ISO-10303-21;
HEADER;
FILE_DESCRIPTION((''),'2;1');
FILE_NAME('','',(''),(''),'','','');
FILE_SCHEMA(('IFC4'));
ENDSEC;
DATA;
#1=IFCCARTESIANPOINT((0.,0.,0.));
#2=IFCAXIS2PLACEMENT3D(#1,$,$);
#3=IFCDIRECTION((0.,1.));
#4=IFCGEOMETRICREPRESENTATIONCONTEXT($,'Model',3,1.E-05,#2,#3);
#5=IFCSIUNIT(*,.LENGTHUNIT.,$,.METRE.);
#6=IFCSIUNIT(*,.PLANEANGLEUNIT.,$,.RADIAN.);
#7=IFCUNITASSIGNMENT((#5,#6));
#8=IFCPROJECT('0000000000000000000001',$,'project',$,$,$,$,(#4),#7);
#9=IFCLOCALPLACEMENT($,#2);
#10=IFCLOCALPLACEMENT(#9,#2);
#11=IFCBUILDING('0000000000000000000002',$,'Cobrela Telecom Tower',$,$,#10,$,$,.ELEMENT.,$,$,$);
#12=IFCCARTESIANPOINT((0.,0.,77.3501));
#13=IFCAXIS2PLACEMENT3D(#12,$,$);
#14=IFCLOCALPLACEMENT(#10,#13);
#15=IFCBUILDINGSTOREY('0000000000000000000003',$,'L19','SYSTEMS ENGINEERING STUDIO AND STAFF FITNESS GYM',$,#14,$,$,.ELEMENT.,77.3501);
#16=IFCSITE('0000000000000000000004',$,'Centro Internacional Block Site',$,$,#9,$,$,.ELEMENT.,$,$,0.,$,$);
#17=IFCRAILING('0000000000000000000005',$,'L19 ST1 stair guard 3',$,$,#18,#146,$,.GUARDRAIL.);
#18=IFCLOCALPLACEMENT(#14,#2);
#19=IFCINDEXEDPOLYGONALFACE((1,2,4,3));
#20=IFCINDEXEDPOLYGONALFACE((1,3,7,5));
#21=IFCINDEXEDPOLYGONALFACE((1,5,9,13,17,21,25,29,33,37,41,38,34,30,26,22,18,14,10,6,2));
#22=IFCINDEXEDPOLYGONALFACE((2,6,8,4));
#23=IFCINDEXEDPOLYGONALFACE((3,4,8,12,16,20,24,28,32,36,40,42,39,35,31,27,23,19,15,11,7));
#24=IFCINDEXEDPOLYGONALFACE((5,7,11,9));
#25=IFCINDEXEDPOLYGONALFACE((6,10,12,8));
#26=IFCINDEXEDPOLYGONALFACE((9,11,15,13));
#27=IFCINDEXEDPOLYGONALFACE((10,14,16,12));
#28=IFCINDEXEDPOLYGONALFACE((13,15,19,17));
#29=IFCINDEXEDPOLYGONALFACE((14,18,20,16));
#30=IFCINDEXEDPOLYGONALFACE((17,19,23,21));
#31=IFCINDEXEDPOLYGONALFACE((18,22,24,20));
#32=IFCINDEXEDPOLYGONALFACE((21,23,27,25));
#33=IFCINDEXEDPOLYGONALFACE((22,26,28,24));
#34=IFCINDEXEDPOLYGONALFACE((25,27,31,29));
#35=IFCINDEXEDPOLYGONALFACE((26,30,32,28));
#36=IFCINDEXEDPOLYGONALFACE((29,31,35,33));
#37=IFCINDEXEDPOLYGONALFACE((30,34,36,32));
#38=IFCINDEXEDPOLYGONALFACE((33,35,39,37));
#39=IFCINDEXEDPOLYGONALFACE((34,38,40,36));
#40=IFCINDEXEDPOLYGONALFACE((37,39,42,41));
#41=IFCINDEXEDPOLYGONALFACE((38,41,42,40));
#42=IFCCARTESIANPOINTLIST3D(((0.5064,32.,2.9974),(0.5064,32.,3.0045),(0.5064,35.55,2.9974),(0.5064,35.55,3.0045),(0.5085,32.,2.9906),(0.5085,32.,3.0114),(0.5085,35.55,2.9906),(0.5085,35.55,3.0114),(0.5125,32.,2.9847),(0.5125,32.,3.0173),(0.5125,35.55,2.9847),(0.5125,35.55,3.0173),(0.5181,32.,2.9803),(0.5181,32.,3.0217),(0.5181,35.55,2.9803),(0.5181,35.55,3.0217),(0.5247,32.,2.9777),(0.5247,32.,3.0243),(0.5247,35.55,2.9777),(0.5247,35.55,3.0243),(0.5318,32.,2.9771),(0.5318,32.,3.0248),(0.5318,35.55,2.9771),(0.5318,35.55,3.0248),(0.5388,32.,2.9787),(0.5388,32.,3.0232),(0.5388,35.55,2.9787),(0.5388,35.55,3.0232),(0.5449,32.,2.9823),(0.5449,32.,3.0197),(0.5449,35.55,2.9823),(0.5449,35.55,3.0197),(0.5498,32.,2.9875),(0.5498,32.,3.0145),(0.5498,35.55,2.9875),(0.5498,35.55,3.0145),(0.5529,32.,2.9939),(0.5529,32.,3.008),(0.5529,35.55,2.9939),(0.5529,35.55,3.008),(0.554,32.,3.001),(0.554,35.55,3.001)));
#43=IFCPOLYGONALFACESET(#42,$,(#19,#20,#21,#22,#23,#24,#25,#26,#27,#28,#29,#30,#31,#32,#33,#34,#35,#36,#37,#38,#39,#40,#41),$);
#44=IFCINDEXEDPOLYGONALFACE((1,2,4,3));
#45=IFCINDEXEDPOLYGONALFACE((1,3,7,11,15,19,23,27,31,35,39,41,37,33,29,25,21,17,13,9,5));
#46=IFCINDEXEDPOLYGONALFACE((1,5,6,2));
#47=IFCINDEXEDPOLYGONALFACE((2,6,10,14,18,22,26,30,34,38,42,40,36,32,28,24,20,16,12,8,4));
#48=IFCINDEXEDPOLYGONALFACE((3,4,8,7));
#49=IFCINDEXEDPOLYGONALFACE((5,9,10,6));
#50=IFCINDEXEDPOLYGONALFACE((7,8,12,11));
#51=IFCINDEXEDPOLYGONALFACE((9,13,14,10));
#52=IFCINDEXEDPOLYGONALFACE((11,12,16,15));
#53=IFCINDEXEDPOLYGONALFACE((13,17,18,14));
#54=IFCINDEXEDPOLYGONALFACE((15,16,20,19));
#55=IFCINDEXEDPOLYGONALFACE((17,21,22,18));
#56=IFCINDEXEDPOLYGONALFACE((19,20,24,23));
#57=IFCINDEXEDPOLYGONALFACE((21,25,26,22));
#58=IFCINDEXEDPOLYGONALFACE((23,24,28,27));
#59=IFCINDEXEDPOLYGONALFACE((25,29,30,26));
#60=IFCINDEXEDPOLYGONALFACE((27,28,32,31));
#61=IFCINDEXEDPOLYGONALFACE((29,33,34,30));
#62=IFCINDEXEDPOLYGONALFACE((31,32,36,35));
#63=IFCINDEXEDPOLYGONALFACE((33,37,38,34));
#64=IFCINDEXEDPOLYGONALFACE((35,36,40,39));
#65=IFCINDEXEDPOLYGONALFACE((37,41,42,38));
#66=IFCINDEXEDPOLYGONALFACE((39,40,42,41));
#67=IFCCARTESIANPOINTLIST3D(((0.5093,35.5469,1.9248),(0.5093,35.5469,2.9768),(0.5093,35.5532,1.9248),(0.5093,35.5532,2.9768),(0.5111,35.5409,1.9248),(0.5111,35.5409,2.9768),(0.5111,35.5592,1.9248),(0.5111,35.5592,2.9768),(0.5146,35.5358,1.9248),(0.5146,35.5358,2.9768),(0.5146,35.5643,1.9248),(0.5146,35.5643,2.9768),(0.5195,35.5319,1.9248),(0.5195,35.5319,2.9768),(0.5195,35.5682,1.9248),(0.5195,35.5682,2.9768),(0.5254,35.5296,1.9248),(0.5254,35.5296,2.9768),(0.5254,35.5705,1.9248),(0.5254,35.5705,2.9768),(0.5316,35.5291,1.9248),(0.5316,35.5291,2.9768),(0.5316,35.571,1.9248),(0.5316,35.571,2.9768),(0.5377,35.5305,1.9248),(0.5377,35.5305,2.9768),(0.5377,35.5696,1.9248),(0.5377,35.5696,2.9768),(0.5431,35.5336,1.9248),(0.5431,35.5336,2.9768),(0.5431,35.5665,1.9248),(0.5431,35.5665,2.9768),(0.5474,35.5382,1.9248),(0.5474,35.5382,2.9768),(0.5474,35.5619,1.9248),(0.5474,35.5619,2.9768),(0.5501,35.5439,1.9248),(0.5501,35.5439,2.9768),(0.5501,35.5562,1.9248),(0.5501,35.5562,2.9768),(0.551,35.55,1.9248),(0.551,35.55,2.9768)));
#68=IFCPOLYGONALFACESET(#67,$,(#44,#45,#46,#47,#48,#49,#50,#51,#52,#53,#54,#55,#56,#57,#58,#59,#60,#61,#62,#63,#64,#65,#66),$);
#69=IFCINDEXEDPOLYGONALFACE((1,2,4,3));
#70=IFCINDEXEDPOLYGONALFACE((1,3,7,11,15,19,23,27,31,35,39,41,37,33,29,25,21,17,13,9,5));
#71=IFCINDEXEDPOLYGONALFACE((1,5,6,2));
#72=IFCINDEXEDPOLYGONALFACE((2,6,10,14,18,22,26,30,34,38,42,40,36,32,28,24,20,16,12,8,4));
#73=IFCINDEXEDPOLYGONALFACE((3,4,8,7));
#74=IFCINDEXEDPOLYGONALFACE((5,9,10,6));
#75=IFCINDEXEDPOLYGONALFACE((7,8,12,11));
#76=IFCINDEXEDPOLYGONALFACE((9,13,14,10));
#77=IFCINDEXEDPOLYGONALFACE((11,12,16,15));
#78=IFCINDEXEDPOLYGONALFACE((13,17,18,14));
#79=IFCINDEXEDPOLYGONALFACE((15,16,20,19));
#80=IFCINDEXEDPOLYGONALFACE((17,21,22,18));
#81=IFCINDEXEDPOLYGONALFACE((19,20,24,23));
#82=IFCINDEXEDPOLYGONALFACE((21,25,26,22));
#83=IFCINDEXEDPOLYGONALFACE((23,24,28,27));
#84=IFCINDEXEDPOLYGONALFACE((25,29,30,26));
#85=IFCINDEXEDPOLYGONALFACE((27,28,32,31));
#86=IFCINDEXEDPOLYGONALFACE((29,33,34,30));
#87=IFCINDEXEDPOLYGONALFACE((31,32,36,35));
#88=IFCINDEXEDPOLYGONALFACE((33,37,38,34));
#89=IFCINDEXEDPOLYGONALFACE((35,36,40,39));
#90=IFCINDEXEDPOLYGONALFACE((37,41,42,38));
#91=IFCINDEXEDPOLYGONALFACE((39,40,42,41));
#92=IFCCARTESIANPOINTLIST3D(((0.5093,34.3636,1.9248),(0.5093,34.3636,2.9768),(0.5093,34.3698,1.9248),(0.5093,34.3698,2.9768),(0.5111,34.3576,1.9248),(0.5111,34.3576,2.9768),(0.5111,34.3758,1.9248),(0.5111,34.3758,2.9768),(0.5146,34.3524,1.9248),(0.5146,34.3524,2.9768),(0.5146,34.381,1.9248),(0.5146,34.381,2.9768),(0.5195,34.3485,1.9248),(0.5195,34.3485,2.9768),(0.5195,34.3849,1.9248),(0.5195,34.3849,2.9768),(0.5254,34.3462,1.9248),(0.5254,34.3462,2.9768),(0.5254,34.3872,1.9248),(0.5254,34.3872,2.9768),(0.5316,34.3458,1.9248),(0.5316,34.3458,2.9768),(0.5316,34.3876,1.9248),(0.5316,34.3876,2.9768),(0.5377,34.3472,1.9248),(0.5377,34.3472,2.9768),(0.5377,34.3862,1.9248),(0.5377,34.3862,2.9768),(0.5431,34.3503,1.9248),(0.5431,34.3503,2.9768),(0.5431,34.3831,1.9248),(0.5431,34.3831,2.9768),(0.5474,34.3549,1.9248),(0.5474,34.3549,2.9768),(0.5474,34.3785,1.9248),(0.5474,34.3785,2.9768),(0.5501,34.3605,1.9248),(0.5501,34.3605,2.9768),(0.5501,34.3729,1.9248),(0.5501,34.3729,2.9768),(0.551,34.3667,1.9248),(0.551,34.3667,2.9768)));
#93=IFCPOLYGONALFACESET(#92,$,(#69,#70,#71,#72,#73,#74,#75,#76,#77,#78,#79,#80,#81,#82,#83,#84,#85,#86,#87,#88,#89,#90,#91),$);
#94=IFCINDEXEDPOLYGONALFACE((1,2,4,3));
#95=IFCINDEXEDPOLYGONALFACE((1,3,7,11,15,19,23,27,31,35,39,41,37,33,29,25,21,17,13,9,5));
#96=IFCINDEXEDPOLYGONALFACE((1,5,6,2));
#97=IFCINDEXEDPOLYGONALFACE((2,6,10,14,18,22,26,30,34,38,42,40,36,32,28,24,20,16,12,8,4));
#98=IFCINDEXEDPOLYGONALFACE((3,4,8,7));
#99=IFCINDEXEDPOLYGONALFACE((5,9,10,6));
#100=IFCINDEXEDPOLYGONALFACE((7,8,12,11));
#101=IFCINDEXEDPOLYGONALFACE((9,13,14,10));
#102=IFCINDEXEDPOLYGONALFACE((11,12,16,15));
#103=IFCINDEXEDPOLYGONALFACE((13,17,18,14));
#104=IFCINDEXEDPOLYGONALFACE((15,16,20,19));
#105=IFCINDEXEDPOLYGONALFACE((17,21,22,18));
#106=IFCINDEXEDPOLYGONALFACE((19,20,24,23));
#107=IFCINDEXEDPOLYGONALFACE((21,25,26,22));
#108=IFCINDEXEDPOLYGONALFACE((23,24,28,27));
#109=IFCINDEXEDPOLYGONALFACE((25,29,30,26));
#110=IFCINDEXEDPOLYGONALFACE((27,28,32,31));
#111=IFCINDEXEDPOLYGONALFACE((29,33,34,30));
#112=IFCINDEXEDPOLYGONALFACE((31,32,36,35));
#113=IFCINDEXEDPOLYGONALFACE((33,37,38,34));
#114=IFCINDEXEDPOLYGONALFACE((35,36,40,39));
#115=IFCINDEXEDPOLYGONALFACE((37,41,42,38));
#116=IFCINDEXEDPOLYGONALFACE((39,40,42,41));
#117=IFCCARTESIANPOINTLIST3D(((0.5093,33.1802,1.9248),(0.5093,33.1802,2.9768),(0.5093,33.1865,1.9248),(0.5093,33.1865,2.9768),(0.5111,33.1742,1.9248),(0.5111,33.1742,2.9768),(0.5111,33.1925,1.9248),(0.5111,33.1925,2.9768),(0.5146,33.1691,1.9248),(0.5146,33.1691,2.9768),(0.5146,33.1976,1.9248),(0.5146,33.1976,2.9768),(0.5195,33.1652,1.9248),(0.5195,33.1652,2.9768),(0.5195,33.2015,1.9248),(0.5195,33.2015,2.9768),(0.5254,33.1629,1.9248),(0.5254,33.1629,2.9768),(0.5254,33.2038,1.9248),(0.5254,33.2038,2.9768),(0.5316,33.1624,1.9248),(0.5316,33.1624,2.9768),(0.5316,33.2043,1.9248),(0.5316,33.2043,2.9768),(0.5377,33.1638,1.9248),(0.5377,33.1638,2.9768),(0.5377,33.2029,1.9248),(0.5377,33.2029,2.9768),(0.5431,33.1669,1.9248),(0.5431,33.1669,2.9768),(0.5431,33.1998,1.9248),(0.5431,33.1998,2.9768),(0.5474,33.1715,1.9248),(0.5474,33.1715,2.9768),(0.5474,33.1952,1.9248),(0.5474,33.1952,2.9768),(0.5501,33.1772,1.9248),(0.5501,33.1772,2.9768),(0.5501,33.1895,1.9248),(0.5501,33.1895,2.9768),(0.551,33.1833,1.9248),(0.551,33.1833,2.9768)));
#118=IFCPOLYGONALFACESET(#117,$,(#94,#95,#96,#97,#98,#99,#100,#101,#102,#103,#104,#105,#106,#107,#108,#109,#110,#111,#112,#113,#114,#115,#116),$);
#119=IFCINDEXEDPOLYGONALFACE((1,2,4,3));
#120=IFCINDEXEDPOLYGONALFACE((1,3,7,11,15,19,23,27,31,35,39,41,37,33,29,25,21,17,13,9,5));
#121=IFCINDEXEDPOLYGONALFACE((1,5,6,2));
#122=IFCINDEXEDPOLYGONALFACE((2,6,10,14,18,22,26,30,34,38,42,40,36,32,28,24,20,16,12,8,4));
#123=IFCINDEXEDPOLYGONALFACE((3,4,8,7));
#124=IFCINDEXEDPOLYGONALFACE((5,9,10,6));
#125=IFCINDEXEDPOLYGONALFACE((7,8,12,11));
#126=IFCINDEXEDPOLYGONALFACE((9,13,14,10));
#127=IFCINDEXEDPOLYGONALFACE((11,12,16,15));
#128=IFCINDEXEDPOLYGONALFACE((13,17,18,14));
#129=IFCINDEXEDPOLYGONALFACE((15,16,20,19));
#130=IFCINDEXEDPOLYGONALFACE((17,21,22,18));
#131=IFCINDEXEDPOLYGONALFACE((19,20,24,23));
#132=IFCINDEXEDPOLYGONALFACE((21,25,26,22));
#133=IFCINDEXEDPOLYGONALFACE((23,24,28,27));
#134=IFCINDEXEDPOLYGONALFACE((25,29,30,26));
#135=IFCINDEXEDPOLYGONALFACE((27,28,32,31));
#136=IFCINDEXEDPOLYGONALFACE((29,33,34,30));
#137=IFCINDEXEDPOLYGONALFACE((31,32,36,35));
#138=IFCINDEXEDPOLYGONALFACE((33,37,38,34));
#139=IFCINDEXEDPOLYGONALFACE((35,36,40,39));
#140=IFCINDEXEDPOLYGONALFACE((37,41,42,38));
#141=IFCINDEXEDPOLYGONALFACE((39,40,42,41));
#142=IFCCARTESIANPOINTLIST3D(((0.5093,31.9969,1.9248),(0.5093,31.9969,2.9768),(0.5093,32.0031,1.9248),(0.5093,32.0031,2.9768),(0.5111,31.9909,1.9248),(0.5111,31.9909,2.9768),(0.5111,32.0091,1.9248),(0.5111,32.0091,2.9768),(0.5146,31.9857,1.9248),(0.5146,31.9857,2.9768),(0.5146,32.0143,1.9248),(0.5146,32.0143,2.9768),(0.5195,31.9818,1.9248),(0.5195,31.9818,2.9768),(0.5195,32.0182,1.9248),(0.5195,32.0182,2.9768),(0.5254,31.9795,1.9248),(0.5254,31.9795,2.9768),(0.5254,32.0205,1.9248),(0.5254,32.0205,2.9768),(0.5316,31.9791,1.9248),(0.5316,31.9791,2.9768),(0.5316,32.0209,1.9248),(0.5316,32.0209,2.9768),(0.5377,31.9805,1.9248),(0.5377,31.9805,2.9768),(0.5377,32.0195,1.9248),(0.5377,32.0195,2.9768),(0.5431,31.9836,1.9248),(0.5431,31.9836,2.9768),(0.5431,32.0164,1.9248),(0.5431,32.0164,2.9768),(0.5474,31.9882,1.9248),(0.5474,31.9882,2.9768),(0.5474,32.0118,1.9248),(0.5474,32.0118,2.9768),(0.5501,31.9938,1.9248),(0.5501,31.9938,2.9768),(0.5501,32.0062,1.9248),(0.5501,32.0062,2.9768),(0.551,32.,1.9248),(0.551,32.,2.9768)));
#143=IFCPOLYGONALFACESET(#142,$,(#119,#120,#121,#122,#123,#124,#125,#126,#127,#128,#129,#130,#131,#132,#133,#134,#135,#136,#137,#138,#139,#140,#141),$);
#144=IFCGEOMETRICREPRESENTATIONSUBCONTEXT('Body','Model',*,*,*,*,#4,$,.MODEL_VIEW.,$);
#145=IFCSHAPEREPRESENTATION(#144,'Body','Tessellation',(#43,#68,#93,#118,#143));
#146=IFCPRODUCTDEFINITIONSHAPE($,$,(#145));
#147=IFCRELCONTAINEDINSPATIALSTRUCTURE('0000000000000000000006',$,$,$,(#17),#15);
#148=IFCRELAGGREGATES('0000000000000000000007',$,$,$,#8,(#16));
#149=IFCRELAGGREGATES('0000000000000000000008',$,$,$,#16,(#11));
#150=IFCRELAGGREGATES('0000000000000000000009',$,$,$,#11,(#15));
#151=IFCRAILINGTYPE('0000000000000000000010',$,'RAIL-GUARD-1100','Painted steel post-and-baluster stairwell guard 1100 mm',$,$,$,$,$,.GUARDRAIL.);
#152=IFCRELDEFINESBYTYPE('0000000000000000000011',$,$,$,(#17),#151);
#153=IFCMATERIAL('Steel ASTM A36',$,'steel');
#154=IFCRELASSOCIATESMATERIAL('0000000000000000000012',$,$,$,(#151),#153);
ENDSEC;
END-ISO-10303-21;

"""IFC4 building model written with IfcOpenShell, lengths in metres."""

from ifc_helpers import new_model, si_unit, direction, frame, origin, origin_2d, place, context, subcontext, project, spatial, circle, extrude, material, type_object, element, save


model = new_model("IFC4")

# Units and contexts
model_context = context("Model", 3, precision=1e-05, world=origin(), true_north=direction((0.0, 1.0)))
body_context = subcontext(model_context, "Body", "Model", "MODEL_VIEW")
ifc_project = project(units=[si_unit("LENGTHUNIT", "METRE"), si_unit("PLANEANGLEUNIT", "RADIAN")], contexts=[model_context])

# Site, building, storey
site_placement = place(None, origin())
site = spatial("IfcSite", under=ifc_project, at=site_placement, Name="Centro Internacional Block Site", CompositionType="ELEMENT", RefElevation=0.0)
building_placement = place(site_placement, origin())
building = spatial("IfcBuilding", under=site, at=building_placement, Name="Cobrela Telecom Tower", CompositionType="ELEMENT")
storey_placement = place(building_placement, frame((0.0, 0.0, 77.3501)))
storey = spatial("IfcBuildingStorey", under=building, at=storey_placement, Name="L19", Description="SYSTEMS ENGINEERING STUDIO AND STAFF FITNESS GYM", CompositionType="ELEMENT", Elevation=77.3501)

# Shared definitions
ifc_material_1 = material(Name="Steel ASTM A36", Category="steel")

# Railing
railing_type_1 = type_object("IfcRailingType", Name="RAIL-GUARD-1100", Description="Painted steel post-and-baluster stairwell guard 1100 mm", PredefinedType="GUARDRAIL", material=ifc_material_1)
railing_1_placement = place(storey_placement, frame((0.53, 35.55, 1.9248)))
element("IfcRailing", 1, at=railing_1_placement, inside=storey, type_object=railing_type_1, Name="L19 ST1 stair guard 3", PredefinedType="GUARDRAIL", context=body_context, shape_type="SweptSolid", body=[
    extrude(circle(Radius=0.0239, at=origin_2d()), frame((0.0, 0.0, 1.0762), z_axis=(0.0, -1.0, 0.0), x_axis=(1.0, 0.0, 0.0)), (0.0, 0.0, 1.0), 3.55),
    extrude(circle(Radius=0.021, at=origin_2d()), origin(), (0.0, 0.0, 1.0), 1.052),
    extrude(circle(Radius=0.021, at=origin_2d()), frame((0.0, -1.1833, 0.0)), (0.0, 0.0, 1.0), 1.052),
    extrude(circle(Radius=0.021, at=origin_2d()), frame((0.0, -2.3667, 0.0)), (0.0, 0.0, 1.0), 1.052),
    extrude(circle(Radius=0.021, at=origin_2d()), frame((0.0, -3.55, 0.0)), (0.0, 0.0, 1.0), 1.052),
])

save(model, "model.ifc")
